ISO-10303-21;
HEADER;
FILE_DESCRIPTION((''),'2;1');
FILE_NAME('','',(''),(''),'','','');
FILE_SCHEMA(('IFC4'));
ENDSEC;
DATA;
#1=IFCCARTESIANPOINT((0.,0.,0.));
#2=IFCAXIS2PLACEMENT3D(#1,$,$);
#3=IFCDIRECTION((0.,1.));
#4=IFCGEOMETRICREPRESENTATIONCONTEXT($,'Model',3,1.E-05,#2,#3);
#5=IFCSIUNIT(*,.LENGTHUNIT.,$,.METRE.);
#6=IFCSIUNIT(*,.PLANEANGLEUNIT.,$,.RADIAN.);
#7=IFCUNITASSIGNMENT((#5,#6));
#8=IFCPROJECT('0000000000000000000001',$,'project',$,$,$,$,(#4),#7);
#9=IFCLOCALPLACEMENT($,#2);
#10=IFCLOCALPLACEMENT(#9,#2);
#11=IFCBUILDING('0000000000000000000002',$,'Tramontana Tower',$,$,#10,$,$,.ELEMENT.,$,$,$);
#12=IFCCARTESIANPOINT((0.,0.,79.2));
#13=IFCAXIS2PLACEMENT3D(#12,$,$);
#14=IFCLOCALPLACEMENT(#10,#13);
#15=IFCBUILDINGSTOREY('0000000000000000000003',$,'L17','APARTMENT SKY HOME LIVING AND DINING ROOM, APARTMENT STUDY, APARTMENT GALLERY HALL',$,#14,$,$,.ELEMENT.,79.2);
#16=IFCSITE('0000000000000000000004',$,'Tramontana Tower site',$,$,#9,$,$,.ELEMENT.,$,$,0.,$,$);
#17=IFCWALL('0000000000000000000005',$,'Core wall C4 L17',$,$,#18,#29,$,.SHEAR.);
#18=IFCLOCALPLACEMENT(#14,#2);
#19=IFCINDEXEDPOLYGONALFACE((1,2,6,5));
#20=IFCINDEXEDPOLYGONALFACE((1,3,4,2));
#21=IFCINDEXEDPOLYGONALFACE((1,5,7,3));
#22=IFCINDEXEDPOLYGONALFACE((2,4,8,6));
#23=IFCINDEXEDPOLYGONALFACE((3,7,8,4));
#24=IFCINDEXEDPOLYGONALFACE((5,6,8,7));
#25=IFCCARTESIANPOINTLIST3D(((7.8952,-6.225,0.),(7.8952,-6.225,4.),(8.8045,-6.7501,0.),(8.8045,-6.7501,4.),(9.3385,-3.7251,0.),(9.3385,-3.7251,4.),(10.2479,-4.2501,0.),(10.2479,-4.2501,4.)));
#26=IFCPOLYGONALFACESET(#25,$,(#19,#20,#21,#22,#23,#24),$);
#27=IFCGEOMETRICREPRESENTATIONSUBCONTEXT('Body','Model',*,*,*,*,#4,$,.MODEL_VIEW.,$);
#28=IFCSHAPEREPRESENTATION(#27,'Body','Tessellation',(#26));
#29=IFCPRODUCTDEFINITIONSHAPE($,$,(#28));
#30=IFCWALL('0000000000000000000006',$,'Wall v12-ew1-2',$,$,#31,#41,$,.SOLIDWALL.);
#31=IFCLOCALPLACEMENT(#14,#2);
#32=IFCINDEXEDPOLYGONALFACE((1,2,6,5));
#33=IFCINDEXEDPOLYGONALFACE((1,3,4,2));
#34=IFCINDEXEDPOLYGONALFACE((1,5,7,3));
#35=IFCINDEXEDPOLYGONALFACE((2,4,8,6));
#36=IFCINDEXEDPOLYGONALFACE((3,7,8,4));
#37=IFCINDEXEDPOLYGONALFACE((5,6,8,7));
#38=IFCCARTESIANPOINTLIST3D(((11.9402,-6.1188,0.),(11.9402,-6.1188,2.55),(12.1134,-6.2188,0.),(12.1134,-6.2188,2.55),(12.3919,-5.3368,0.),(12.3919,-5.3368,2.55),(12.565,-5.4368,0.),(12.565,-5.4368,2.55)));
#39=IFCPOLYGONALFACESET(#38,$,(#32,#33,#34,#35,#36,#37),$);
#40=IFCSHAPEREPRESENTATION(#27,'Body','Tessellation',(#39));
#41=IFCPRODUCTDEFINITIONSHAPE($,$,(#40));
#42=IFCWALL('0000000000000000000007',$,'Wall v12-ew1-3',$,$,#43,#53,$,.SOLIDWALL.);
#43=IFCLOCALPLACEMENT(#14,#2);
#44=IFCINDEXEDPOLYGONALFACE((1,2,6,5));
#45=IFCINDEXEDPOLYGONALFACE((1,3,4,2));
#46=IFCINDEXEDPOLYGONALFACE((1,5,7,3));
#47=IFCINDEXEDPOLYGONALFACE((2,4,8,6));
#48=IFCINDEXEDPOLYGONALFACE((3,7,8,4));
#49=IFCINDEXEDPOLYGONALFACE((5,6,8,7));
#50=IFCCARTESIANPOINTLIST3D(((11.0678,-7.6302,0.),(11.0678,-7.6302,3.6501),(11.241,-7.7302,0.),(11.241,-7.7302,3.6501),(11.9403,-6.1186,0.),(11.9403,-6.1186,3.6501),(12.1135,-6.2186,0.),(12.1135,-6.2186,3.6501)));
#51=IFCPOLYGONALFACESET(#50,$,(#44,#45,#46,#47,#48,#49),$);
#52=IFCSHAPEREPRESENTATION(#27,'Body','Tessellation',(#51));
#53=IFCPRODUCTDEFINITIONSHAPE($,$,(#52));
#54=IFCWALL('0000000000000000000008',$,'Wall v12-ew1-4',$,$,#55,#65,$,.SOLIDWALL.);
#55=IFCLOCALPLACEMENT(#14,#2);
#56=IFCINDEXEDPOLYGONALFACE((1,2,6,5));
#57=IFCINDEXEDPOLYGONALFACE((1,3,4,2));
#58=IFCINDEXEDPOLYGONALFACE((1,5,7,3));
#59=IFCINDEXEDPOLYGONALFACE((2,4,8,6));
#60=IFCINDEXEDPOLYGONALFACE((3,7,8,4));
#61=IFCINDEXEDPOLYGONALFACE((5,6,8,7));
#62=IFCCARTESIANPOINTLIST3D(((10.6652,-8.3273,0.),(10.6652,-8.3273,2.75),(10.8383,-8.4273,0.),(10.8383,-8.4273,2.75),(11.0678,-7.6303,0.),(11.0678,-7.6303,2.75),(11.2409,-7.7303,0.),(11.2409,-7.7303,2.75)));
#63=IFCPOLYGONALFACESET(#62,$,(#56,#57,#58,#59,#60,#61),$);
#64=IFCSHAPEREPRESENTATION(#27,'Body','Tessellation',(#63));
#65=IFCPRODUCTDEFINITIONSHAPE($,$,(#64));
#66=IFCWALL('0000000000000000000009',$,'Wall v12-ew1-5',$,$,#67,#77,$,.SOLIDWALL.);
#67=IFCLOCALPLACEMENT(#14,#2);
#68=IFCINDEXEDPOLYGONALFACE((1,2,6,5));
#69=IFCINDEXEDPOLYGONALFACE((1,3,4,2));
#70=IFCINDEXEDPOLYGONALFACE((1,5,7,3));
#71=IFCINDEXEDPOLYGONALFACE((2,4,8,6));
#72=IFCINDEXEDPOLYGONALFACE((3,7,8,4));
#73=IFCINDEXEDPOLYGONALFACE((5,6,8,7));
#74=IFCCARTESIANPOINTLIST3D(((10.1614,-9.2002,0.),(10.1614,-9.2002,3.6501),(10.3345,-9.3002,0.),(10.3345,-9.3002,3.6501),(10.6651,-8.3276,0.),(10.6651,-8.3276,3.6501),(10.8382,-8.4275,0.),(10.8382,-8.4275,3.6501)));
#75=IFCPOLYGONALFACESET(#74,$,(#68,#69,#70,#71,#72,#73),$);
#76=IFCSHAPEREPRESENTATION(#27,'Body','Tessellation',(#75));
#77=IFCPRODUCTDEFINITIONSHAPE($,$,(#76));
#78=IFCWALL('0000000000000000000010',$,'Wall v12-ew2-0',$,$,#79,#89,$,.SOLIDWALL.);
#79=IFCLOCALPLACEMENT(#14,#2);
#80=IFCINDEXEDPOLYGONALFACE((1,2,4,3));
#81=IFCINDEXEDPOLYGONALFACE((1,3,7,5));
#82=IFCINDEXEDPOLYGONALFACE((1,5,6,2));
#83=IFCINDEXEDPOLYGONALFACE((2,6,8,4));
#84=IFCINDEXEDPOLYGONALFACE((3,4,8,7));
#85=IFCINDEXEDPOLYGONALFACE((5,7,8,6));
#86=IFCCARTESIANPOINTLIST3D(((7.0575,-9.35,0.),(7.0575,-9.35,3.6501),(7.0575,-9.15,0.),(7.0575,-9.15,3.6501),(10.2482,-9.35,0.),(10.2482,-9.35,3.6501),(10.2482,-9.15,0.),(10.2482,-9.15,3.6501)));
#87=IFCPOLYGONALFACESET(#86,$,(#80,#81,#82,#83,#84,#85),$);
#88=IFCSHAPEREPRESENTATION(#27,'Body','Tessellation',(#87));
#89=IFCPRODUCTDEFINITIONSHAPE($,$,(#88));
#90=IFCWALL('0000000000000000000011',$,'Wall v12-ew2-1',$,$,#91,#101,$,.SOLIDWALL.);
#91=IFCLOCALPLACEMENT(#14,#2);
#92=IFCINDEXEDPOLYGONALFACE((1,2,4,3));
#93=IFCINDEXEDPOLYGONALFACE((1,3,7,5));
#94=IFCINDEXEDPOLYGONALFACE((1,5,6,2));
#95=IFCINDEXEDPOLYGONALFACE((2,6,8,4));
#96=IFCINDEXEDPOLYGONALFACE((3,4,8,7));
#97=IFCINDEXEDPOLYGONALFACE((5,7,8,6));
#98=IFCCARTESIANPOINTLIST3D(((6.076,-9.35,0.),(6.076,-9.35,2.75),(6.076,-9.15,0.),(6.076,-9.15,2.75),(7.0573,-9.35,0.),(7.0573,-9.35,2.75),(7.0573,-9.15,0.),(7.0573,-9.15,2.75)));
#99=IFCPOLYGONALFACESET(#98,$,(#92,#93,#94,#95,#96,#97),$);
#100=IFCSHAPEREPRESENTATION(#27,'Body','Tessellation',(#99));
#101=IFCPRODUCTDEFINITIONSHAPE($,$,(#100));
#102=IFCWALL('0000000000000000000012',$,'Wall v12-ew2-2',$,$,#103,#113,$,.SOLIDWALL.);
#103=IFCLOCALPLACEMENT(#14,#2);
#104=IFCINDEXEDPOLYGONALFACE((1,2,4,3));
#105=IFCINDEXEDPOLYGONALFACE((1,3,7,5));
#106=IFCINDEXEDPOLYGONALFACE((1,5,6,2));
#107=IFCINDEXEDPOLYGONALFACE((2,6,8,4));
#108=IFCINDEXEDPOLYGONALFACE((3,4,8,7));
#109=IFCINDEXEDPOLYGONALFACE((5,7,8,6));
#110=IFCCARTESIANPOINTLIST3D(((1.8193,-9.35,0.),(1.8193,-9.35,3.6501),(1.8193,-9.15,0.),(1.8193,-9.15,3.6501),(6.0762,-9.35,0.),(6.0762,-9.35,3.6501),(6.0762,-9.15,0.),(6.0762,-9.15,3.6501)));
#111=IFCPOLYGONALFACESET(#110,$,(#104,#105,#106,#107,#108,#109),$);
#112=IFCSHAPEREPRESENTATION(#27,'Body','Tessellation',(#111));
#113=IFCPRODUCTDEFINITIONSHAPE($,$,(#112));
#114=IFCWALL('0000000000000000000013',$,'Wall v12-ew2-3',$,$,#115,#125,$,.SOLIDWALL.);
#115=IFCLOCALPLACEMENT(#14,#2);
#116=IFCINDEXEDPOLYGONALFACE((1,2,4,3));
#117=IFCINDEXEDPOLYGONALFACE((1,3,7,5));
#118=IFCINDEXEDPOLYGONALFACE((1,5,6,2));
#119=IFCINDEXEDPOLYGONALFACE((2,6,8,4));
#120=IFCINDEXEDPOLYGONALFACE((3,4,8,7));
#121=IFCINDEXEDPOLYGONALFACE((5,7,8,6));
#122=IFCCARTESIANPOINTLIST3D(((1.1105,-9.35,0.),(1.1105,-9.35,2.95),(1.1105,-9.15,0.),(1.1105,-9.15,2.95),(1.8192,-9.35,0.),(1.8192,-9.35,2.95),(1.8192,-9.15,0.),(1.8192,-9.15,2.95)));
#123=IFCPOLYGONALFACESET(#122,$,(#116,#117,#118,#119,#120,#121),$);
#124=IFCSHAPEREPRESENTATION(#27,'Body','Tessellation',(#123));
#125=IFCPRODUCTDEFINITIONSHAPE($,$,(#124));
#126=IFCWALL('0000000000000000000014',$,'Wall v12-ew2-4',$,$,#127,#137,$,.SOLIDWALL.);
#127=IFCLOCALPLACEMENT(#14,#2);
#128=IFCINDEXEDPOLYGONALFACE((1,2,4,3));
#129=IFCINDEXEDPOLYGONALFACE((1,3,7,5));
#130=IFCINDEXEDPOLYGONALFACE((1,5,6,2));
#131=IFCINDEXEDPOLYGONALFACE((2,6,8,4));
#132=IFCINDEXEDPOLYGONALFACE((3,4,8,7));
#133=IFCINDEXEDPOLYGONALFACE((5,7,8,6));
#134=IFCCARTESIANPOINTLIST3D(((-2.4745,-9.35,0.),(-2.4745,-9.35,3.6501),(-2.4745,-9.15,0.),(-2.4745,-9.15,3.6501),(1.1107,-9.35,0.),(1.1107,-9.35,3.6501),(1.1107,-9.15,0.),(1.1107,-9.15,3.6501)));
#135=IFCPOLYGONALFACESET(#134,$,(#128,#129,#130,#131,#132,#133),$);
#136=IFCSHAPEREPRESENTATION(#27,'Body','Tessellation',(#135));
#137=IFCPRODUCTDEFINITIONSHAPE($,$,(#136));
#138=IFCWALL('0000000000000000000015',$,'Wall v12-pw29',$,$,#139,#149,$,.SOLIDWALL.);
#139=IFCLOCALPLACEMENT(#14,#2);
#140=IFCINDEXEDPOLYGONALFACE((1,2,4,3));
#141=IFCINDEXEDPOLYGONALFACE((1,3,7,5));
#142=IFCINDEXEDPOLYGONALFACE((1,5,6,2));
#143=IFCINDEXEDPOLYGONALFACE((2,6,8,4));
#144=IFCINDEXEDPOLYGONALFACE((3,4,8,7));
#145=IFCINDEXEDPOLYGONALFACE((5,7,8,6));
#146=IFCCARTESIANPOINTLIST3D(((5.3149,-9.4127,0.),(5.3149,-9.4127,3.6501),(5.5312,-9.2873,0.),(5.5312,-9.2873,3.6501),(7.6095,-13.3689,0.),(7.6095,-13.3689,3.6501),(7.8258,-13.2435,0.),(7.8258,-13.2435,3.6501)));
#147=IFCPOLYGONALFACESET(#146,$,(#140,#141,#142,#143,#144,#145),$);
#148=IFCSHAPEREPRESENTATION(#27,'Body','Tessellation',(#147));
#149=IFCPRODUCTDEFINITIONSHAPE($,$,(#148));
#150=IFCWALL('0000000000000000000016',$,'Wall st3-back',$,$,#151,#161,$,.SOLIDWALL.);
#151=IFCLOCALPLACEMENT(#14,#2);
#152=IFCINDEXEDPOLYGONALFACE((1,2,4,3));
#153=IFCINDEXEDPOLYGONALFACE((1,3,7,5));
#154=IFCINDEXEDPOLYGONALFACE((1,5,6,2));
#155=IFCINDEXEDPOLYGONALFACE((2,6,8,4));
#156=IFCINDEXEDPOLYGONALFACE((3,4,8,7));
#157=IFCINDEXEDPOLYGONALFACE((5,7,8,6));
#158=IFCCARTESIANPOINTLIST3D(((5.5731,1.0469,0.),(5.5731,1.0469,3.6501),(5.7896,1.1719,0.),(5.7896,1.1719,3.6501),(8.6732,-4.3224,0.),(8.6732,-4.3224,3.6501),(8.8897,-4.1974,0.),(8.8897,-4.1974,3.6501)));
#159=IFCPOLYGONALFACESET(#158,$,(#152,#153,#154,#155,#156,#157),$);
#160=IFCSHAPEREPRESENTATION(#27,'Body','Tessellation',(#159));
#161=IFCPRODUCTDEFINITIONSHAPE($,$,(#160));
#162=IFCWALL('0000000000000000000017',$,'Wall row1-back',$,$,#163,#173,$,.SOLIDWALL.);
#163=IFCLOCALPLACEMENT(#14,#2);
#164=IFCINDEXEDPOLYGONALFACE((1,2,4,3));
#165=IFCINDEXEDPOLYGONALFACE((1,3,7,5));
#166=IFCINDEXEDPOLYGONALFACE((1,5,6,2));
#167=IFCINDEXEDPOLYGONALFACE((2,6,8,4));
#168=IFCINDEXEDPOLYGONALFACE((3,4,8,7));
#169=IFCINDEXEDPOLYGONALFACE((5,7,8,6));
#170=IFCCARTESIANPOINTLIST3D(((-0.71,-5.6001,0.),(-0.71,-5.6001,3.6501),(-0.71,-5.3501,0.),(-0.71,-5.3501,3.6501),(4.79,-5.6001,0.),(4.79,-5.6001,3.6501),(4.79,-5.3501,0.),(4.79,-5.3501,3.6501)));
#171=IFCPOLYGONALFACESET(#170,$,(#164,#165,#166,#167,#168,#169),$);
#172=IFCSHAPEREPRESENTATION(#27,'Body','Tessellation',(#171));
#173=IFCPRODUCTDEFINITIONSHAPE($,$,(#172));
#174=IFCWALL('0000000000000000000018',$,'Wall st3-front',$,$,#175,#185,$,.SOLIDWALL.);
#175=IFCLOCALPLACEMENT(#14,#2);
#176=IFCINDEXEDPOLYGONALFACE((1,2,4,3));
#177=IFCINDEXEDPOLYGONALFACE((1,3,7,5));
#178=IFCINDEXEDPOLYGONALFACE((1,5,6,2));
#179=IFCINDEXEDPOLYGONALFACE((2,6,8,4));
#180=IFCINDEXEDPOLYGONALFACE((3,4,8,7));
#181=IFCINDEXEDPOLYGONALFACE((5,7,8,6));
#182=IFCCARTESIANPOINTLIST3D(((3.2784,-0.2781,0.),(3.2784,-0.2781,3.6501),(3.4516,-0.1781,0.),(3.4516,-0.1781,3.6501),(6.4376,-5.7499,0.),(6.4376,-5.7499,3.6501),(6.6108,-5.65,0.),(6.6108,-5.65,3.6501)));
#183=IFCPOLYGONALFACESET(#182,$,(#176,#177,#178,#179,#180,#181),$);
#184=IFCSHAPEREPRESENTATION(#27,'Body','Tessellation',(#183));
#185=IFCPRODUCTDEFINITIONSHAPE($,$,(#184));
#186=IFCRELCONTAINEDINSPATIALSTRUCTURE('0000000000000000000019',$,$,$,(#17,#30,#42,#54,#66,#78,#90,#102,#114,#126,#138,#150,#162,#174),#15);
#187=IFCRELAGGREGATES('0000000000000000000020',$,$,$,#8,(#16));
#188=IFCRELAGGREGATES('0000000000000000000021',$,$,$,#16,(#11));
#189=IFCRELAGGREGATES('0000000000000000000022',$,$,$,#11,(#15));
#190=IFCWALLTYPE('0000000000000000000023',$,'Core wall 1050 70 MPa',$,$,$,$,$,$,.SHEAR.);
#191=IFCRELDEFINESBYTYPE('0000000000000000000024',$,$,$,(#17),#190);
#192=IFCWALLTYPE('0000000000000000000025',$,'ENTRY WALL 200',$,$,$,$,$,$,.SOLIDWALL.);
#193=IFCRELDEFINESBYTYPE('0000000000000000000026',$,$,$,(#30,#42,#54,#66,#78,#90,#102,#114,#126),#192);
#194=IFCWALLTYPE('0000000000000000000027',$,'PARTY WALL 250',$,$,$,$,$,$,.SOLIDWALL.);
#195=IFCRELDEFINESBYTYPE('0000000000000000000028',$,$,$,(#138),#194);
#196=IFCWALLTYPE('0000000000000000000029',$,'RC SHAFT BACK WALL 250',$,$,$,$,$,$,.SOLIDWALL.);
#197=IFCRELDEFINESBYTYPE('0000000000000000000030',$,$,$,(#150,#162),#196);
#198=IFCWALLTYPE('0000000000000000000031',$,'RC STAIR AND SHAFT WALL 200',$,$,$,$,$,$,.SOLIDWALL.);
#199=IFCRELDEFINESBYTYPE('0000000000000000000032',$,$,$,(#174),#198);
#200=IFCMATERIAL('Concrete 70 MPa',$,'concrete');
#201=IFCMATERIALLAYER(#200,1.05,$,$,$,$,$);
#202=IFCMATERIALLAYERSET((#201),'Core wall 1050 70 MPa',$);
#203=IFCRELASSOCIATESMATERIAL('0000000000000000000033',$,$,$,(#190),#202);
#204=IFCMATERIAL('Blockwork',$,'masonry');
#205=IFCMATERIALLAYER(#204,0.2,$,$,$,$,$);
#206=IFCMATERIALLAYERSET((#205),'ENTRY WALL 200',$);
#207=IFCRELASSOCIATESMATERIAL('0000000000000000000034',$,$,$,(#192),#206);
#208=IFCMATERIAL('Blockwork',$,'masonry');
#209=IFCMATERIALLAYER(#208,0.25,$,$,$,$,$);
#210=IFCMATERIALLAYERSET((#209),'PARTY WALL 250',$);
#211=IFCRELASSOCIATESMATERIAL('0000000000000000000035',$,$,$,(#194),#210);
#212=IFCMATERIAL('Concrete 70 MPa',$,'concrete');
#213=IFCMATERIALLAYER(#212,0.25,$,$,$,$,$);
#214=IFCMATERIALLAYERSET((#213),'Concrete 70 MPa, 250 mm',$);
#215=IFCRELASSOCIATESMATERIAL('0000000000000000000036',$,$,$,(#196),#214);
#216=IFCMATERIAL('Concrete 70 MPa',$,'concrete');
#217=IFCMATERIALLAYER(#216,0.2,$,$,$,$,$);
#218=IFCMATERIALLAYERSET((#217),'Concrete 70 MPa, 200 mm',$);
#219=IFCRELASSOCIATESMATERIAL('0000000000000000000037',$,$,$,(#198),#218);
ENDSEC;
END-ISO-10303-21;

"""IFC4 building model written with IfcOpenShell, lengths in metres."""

from ifc_helpers import new_model, si_unit, direction, frame, frame_2d, origin, place, context, subcontext, project, spatial, rectangle, extrude, material, layer, layer_set, type_object, element, save


model = new_model("IFC4")

# Units and contexts
model_context = context("Model", 3, precision=1e-05, world=origin(), true_north=direction((0.0, 1.0)))
body_context = subcontext(model_context, "Body", "Model", "MODEL_VIEW")
ifc_project = project(units=[si_unit("LENGTHUNIT", "METRE"), si_unit("PLANEANGLEUNIT", "RADIAN")], contexts=[model_context])

# Site, building, storey
site_placement = place(None, origin())
site = spatial("IfcSite", under=ifc_project, at=site_placement, Name="Tramontana Tower site", CompositionType="ELEMENT", RefElevation=0.0)
building_placement = place(site_placement, origin())
building = spatial("IfcBuilding", under=site, at=building_placement, Name="Tramontana Tower", CompositionType="ELEMENT")
storey_placement = place(building_placement, frame((0.0, 0.0, 79.2)))
storey = spatial("IfcBuildingStorey", under=building, at=storey_placement, Name="L17", Description="APARTMENT SKY HOME LIVING AND DINING ROOM, APARTMENT STUDY, APARTMENT GALLERY HALL", CompositionType="ELEMENT", Elevation=79.2)

# Wall
ifc_material_1 = material(Name="Concrete 70 MPa", Category="concrete")
ifc_layer_1 = layer(ifc_material_1, 1.05)
ifc_layer_set_1 = layer_set([ifc_layer_1], Name="Core wall 1050 70 MPa")
wall_type_1 = type_object("IfcWallType", Name="Core wall 1050 70 MPa", PredefinedType="SHEAR", material=ifc_layer_set_1)
wall_1_placement = place(storey_placement, frame((8.3499, -6.4875, 0.0), z_axis=(0.0, 0.0, 1.0), x_axis=(0.499996, 0.866028, 0.0)))
element("IfcWall", 1, at=wall_1_placement, inside=storey, type_object=wall_type_1, Name="Core wall C4 L17", PredefinedType="SHEAR", context=body_context, shape_type="SweptSolid", body=[
    extrude(rectangle(XDim=2.8867, YDim=1.05, at=frame_2d((1.4434, 0.0))), origin(), (0.0, 0.0, 1.0), 4.0),
])

# Shared definitions
ifc_material_2 = material(Name="Blockwork", Category="masonry")
ifc_layer_2 = layer(ifc_material_2, 0.2)
ifc_layer_set_2 = layer_set([ifc_layer_2], Name="ENTRY WALL 200")
wall_type_2 = type_object("IfcWallType", Name="ENTRY WALL 200", PredefinedType="SOLIDWALL", material=ifc_layer_set_2)

# Walls
wall_2_placement = place(storey_placement, frame((12.4785, -5.3867, 0.0), z_axis=(0.0, 0.0, 1.0), x_axis=(-0.500151, -0.865938, 0.0)))
element("IfcWall", 2, at=wall_2_placement, inside=storey, type_object=wall_type_2, Name="Wall v12-ew1-2", PredefinedType="SOLIDWALL", context=body_context, shape_type="SweptSolid", body=[
    extrude(rectangle(XDim=0.9031, YDim=0.2, at=frame_2d((0.4517, 0.0))), origin(), (0.0, 0.0, 1.0), 2.55),
])
wall_3_placement = place(storey_placement, frame((12.0269, -6.1687, 0.0), z_axis=(0.0, 0.0, 1.0), x_axis=(-0.4999, -0.866083, 0.0)))
element("IfcWall", 3, at=wall_3_placement, inside=storey, type_object=wall_type_2, Name="Wall v12-ew1-3", PredefinedType="SOLIDWALL", context=body_context, shape_type="SweptSolid", body=[
    extrude(rectangle(XDim=1.7454, YDim=0.2, at=frame_2d((0.8726, 0.0))), origin(), (0.0, 0.0, 1.0), 3.6501),
])
wall_4_placement = place(storey_placement, frame((11.1543, -7.6804, 0.0), z_axis=(0.0, 0.0, 1.0), x_axis=(-0.500151, -0.865938, 0.0)))
element("IfcWall", 4, at=wall_4_placement, inside=storey, type_object=wall_type_2, Name="Wall v12-ew1-4", PredefinedType="SOLIDWALL", context=body_context, shape_type="SweptSolid", body=[
    extrude(rectangle(XDim=0.8049, YDim=0.2, at=frame_2d((0.4023, 0.0))), origin(), (0.0, 0.0, 1.0), 2.75),
])
wall_5_placement = place(storey_placement, frame((10.7517, -8.3774, 0.0), z_axis=(0.0, 0.0, 1.0), x_axis=(-0.499918, -0.866073, 0.0)))
element("IfcWall", 5, at=wall_5_placement, inside=storey, type_object=wall_type_2, Name="Wall v12-ew1-5", PredefinedType="SOLIDWALL", context=body_context, shape_type="SweptSolid", body=[
    extrude(rectangle(XDim=1.0076, YDim=0.2, at=frame_2d((0.5039, 0.0))), origin(), (0.0, 0.0, 1.0), 3.6501),
])
wall_6_placement = place(storey_placement, frame((10.248, -9.25, 0.0), z_axis=(0.0, 0.0, 1.0), x_axis=(-1.0, 0.0, 0.0)))
element("IfcWall", 6, at=wall_6_placement, inside=storey, type_object=wall_type_2, Name="Wall v12-ew2-0", PredefinedType="SOLIDWALL", context=body_context, shape_type="SweptSolid", body=[
    extrude(rectangle(XDim=3.1907, YDim=0.2, at=frame_2d((1.5952, 0.0))), origin(), (0.0, 0.0, 1.0), 3.6501),
])
wall_7_placement = place(storey_placement, frame((7.0574, -9.25, 0.0), z_axis=(0.0, 0.0, 1.0), x_axis=(-1.0, 0.0, 0.0)))
element("IfcWall", 7, at=wall_7_placement, inside=storey, type_object=wall_type_2, Name="Wall v12-ew2-1", PredefinedType="SOLIDWALL", context=body_context, shape_type="SweptSolid", body=[
    extrude(rectangle(XDim=0.9812, YDim=0.2, at=frame_2d((0.4907, 0.0))), origin(), (0.0, 0.0, 1.0), 2.75),
])
wall_8_placement = place(storey_placement, frame((6.0762, -9.25, 0.0), z_axis=(0.0, 0.0, 1.0), x_axis=(-1.0, 0.0, 0.0)))
element("IfcWall", 8, at=wall_8_placement, inside=storey, type_object=wall_type_2, Name="Wall v12-ew2-2", PredefinedType="SOLIDWALL", context=body_context, shape_type="SweptSolid", body=[
    extrude(rectangle(XDim=4.2568, YDim=0.2, at=frame_2d((2.1284, 0.0))), origin(), (0.0, 0.0, 1.0), 3.6501),
])
wall_9_placement = place(storey_placement, frame((1.8193, -9.25, 0.0), z_axis=(0.0, 0.0, 1.0), x_axis=(-1.0, 0.0, 0.0)))
element("IfcWall", 9, at=wall_9_placement, inside=storey, type_object=wall_type_2, Name="Wall v12-ew2-3", PredefinedType="SOLIDWALL", context=body_context, shape_type="SweptSolid", body=[
    extrude(rectangle(XDim=0.7087, YDim=0.2, at=frame_2d((0.3545, 0.0))), origin(), (0.0, 0.0, 1.0), 2.95),
])
wall_10_placement = place(storey_placement, frame((1.1106, -9.25, 0.0), z_axis=(0.0, 0.0, 1.0), x_axis=(-1.0, 0.0, 0.0)))
element("IfcWall", 10, at=wall_10_placement, inside=storey, type_object=wall_type_2, Name="Wall v12-ew2-4", PredefinedType="SOLIDWALL", context=body_context, shape_type="SweptSolid", body=[
    extrude(rectangle(XDim=3.5852, YDim=0.2, at=frame_2d((1.7925, 0.0))), origin(), (0.0, 0.0, 1.0), 3.6501),
])
ifc_material_3 = material(Name="Blockwork", Category="masonry")
ifc_layer_3 = layer(ifc_material_3, 0.25)
ifc_layer_set_3 = layer_set([ifc_layer_3], Name="PARTY WALL 250")
wall_type_3 = type_object("IfcWallType", Name="PARTY WALL 250", PredefinedType="SOLIDWALL", material=ifc_layer_set_3)
wall_11_placement = place(storey_placement, frame((5.4231, -9.3501, 0.0), z_axis=(0.0, 0.0, 1.0), x_axis=(0.501722, -0.865029, 0.0)))
element("IfcWall", 11, at=wall_11_placement, inside=storey, type_object=wall_type_3, Name="Wall v12-pw29", PredefinedType="SOLIDWALL", context=body_context, shape_type="SweptSolid", body=[
    extrude(rectangle(XDim=4.5735, YDim=0.25, at=frame_2d((2.2866, 0.0))), origin(), (0.0, 0.0, 1.0), 3.6501),
])
ifc_material_4 = material(Name="Concrete 70 MPa", Category="concrete")
ifc_layer_4 = layer(ifc_material_4, 0.25)
ifc_layer_set_4 = layer_set([ifc_layer_4], Name="Concrete 70 MPa, 250 mm")
wall_type_4 = type_object("IfcWallType", Name="RC SHAFT BACK WALL 250", PredefinedType="SOLIDWALL", material=ifc_layer_set_4)
wall_12_placement = place(storey_placement, frame((8.7815, -4.26, 0.0), z_axis=(0.0, 0.0, 1.0), x_axis=(-0.50001, 0.86602, 0.0)))
element("IfcWall", 12, at=wall_12_placement, inside=storey, type_object=wall_type_4, Name="Wall st3-back", PredefinedType="SOLIDWALL", context=body_context, shape_type="SweptSolid", body=[
    extrude(rectangle(XDim=6.2, YDim=0.25, at=frame_2d((3.1001, 0.0))), origin(), (0.0, 0.0, 1.0), 3.6501),
])
wall_13_placement = place(storey_placement, frame((-0.71, -5.4751, 0.0), z_axis=(0.0, 0.0, 1.0), x_axis=(1.0, 0.0, 0.0)))
element("IfcWall", 13, at=wall_13_placement, inside=storey, type_object=wall_type_4, Name="Wall row1-back", PredefinedType="SOLIDWALL", context=body_context, shape_type="SweptSolid", body=[
    extrude(rectangle(XDim=5.5, YDim=0.25, at=frame_2d((2.75, 0.0))), origin(), (0.0, 0.0, 1.0), 3.6501),
])
ifc_material_5 = material(Name="Concrete 70 MPa", Category="concrete")
ifc_layer_5 = layer(ifc_material_5, 0.2)
ifc_layer_set_5 = layer_set([ifc_layer_5], Name="Concrete 70 MPa, 200 mm")
wall_type_5 = type_object("IfcWallType", Name="RC STAIR AND SHAFT WALL 200", PredefinedType="SOLIDWALL", material=ifc_layer_set_5)
wall_14_placement = place(storey_placement, frame((6.5242, -5.7, 0.0), z_axis=(0.0, 0.0, 1.0), x_axis=(-0.499996, 0.866028, 0.0)))
element("IfcWall", 14, at=wall_14_placement, inside=storey, type_object=wall_type_5, Name="Wall st3-front", PredefinedType="SOLIDWALL", context=body_context, shape_type="SweptSolid", body=[
    extrude(rectangle(XDim=6.3184, YDim=0.2, at=frame_2d((3.1592, 0.0))), origin(), (0.0, 0.0, 1.0), 3.6501),
])

save(model, "model.ifc")
